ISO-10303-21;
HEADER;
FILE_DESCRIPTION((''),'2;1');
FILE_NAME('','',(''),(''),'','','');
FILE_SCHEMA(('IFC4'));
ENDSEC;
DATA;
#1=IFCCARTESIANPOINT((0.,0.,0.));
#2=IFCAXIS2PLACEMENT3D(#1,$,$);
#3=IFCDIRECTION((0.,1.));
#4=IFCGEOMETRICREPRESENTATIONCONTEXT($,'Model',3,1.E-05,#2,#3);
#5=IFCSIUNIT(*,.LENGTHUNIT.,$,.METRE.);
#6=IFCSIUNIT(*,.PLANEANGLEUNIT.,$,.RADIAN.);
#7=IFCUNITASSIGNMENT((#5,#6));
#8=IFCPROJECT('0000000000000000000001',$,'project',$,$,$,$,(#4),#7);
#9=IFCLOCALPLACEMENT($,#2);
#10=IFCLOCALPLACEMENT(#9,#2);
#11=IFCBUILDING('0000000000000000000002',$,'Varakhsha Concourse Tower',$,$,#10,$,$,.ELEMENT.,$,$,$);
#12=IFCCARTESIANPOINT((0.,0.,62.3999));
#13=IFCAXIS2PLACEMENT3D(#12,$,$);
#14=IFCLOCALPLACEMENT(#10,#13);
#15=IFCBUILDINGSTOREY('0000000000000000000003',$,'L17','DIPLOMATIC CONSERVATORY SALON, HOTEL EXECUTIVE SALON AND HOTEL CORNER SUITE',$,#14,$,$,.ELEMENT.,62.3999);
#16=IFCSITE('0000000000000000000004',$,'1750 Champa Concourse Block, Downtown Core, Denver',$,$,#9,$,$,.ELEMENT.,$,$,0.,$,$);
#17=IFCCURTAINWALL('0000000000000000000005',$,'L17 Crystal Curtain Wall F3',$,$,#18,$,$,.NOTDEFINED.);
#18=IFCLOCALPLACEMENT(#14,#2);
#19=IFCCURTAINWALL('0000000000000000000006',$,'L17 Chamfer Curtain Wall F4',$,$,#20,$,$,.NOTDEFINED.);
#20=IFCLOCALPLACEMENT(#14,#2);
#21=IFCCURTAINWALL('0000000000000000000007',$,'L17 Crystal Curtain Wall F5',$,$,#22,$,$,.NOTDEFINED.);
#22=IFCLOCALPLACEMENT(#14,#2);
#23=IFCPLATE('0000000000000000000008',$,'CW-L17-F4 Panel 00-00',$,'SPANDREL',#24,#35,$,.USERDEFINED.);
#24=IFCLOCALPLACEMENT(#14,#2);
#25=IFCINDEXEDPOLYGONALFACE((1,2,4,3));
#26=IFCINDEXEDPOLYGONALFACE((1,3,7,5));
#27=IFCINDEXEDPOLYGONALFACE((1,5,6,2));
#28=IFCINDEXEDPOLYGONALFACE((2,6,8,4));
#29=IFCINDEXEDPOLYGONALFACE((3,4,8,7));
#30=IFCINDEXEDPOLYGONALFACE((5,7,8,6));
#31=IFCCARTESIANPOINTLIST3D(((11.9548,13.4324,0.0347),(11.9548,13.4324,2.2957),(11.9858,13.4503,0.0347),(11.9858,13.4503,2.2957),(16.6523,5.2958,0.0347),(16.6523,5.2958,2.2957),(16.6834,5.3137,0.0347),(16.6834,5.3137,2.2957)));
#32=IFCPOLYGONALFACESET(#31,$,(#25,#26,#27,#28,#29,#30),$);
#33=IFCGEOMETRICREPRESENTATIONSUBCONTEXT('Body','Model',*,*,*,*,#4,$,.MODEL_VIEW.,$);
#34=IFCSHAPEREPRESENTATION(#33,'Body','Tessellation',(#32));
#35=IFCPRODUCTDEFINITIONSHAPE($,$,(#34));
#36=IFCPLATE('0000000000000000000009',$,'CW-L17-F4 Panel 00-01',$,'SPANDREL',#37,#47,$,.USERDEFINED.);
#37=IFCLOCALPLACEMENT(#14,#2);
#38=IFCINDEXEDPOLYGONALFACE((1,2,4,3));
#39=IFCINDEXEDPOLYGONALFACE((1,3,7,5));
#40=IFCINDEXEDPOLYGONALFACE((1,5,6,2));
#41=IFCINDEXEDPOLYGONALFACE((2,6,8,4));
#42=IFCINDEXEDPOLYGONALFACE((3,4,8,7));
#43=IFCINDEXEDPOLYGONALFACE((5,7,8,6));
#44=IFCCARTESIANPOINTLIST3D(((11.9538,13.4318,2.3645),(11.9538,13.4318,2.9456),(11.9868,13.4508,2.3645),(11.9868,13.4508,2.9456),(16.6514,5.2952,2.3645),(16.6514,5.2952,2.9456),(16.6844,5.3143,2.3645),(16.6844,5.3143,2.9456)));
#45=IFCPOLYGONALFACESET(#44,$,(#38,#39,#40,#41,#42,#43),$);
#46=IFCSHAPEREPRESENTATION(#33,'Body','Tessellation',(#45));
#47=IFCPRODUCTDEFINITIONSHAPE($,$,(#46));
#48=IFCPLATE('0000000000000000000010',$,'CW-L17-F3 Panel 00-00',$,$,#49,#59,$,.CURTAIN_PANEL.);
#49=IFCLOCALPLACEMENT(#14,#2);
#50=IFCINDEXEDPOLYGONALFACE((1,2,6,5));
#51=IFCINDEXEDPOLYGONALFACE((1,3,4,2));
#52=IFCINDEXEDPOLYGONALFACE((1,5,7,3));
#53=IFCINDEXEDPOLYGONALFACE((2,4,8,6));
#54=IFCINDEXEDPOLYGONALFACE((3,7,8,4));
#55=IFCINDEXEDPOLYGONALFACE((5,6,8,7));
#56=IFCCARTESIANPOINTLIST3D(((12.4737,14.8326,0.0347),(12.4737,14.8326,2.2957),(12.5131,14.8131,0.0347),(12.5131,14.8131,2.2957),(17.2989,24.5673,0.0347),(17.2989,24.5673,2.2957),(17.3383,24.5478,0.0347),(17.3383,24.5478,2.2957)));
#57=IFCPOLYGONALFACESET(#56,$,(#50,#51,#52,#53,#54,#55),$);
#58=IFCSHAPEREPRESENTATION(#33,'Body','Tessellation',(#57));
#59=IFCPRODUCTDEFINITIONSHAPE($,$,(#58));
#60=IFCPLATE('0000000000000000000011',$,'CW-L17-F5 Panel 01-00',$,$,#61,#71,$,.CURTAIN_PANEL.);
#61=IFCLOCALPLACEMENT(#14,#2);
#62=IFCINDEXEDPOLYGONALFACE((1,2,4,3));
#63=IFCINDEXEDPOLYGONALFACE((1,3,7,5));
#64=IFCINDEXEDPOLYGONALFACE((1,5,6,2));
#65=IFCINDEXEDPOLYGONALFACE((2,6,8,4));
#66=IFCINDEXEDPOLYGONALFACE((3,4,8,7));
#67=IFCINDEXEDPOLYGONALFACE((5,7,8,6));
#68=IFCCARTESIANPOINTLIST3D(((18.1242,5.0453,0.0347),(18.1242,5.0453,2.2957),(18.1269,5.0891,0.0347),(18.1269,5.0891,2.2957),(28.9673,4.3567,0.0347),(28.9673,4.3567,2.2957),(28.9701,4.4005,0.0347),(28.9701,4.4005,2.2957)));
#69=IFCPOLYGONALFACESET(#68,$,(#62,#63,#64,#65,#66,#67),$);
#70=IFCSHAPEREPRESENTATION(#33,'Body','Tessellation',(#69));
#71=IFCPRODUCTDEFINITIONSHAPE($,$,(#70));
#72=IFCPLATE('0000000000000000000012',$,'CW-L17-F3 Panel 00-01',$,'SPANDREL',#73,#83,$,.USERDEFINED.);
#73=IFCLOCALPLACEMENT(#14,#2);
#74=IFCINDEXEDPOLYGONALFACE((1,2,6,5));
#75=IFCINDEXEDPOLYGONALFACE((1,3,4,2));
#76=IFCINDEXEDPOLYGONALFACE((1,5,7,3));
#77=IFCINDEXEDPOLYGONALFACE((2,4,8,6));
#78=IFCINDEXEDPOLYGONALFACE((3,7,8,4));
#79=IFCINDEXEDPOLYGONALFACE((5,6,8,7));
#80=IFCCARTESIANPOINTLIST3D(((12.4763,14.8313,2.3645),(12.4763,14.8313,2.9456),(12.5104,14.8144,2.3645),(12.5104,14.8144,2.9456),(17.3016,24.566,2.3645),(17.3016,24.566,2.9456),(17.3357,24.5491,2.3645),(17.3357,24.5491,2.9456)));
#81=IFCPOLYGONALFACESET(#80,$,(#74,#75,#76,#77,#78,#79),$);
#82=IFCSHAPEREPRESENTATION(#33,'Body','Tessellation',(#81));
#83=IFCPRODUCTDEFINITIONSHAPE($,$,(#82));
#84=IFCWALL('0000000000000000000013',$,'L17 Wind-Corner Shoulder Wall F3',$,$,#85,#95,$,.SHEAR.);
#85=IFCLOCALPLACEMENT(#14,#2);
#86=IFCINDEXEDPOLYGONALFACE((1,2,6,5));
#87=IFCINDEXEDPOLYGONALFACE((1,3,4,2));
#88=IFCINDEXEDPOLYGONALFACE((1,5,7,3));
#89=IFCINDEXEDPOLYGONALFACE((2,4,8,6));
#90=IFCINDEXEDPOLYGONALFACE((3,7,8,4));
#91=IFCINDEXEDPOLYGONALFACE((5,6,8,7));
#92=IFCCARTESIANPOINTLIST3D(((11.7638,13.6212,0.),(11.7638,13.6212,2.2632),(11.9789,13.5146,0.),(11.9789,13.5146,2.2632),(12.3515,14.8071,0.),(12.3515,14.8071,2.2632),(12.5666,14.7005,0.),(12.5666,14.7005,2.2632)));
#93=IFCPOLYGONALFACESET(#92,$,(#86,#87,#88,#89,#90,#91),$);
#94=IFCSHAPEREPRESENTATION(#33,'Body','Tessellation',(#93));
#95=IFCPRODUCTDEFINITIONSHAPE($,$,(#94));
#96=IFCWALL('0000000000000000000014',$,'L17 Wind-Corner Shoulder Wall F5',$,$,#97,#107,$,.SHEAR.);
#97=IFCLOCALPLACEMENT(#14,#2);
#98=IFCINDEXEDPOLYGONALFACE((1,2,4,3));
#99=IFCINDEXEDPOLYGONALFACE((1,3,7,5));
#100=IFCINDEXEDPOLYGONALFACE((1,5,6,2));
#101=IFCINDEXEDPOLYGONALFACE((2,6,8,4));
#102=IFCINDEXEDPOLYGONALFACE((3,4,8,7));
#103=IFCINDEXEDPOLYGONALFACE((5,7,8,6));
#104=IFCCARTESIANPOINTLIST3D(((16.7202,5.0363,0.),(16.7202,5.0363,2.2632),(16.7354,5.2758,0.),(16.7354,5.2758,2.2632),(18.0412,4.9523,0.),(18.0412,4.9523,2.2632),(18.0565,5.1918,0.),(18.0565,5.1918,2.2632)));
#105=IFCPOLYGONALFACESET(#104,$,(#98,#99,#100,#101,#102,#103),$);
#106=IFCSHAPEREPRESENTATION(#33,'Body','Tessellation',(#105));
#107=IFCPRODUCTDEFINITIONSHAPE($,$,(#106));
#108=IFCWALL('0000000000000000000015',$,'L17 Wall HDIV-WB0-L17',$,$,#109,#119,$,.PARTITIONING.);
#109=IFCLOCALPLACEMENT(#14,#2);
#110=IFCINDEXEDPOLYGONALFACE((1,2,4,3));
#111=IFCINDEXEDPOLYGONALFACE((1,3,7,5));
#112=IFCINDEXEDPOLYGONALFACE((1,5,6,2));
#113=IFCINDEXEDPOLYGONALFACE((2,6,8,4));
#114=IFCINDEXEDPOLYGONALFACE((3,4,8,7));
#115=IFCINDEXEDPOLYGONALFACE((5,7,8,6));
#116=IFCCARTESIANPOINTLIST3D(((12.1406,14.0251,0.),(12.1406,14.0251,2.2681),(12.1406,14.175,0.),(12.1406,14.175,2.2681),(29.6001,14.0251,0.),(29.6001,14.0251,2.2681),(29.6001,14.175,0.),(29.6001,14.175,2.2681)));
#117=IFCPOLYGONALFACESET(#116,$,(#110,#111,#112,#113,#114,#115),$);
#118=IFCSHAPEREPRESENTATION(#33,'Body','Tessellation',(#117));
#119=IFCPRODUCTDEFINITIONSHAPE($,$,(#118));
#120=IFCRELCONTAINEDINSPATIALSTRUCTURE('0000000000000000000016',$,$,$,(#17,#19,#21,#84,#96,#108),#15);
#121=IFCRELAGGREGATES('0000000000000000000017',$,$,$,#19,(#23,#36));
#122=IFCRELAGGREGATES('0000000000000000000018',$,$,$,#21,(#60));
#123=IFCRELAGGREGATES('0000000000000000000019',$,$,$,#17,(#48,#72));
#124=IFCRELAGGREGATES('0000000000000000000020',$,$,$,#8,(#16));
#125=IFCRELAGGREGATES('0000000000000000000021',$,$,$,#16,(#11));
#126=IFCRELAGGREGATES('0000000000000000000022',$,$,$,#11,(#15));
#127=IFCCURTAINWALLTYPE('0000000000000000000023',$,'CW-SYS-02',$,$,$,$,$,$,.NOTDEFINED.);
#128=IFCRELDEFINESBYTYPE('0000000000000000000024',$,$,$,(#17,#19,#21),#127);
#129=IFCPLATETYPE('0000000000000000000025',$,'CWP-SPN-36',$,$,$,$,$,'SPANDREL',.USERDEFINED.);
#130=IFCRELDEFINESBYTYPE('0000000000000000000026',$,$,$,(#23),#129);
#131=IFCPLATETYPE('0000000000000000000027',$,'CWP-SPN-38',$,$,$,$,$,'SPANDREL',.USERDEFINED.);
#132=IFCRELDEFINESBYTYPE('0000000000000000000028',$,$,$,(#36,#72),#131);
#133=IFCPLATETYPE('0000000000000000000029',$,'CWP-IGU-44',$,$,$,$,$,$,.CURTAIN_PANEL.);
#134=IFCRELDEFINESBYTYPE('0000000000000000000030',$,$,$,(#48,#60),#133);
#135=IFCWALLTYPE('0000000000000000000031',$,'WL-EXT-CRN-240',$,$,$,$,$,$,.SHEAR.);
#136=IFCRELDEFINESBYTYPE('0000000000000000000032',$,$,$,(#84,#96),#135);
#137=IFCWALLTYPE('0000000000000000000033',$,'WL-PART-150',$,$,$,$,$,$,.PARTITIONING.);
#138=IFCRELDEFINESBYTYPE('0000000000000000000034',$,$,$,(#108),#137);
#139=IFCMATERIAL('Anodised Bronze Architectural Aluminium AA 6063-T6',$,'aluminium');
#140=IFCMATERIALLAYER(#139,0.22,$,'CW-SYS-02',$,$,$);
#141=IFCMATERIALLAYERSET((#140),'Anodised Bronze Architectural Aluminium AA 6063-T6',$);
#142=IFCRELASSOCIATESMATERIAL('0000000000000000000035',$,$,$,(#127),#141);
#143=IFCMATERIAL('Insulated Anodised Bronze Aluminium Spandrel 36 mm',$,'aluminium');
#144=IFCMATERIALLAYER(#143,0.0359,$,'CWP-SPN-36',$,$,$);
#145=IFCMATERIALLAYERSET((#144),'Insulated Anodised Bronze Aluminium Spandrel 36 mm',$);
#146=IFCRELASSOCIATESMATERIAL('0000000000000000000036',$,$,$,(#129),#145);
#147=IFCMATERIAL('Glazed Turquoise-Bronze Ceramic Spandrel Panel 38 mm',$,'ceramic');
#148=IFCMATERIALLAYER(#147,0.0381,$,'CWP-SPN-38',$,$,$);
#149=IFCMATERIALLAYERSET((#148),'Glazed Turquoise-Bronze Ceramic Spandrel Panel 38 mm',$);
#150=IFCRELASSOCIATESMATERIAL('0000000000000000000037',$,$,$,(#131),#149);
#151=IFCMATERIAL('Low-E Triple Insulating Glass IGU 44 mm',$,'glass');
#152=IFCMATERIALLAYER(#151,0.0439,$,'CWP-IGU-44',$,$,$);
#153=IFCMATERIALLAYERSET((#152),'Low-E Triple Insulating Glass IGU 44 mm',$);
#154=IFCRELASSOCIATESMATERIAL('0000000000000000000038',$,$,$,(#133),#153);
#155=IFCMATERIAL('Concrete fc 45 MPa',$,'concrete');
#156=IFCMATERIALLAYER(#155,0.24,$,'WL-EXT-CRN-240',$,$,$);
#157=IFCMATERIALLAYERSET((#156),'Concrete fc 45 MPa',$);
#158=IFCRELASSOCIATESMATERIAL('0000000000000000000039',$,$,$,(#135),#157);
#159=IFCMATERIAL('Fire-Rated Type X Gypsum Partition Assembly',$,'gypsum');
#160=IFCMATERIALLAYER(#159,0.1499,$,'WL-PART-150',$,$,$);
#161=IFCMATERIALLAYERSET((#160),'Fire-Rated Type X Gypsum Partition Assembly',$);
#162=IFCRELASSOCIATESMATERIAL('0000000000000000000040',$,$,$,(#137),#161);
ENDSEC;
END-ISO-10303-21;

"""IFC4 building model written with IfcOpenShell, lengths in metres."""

from ifc_helpers import new_model, si_unit, direction, frame, frame_2d, origin, origin_2d, place, context, subcontext, project, spatial, rectangle, extrude, source, transform, mapped, material, layer, layer_set, type_object, type_shapes, element, aggregate, save


model = new_model("IFC4")

# Units and contexts
model_context = context("Model", 3, precision=1e-05, world=origin(), true_north=direction((0.0, 1.0)))
body_context = subcontext(model_context, "Body", "Model", "MODEL_VIEW")
ifc_project = project(units=[si_unit("LENGTHUNIT", "METRE"), si_unit("PLANEANGLEUNIT", "RADIAN")], contexts=[model_context])

# Site, building, storey
site_placement = place(None, origin())
site = spatial("IfcSite", under=ifc_project, at=site_placement, Name="1750 Champa Concourse Block, Downtown Core, Denver", CompositionType="ELEMENT", RefElevation=0.0)
building_placement = place(site_placement, origin())
building = spatial("IfcBuilding", under=site, at=building_placement, Name="Varakhsha Concourse Tower", CompositionType="ELEMENT")
storey_placement = place(building_placement, frame((0.0, 0.0, 62.3999)))
storey = spatial("IfcBuildingStorey", under=building, at=storey_placement, Name="L17", Description="DIPLOMATIC CONSERVATORY SALON, HOTEL EXECUTIVE SALON AND HOTEL CORNER SUITE", CompositionType="ELEMENT", Elevation=62.3999)

# Curtain wall
ifc_material_1 = material(Name="Anodised Bronze Architectural Aluminium AA 6063-T6", Category="aluminium")
ifc_layer_1 = layer(ifc_material_1, 0.22, Name="CW-SYS-02")
ifc_layer_set_1 = layer_set([ifc_layer_1], Name="Anodised Bronze Architectural Aluminium AA 6063-T6")
curtain_wall_type = type_object("IfcCurtainWallType", Name="CW-SYS-02", PredefinedType="NOTDEFINED", material=ifc_layer_set_1)
curtain_wall_1_placement = place(storey_placement, origin())
curtain_wall_1 = element("IfcCurtainWall", 1, at=curtain_wall_1_placement, inside=storey, type_object=curtain_wall_type, Name="L17 Crystal Curtain Wall F3", PredefinedType="NOTDEFINED")

# Curtain wall
curtain_wall_2_placement = place(storey_placement, origin())
curtain_wall_2 = element("IfcCurtainWall", 2, at=curtain_wall_2_placement, inside=storey, type_object=curtain_wall_type, Name="L17 Chamfer Curtain Wall F4", PredefinedType="NOTDEFINED")

# Curtain wall
curtain_wall_3_placement = place(storey_placement, origin())
curtain_wall_3 = element("IfcCurtainWall", 3, at=curtain_wall_3_placement, inside=storey, type_object=curtain_wall_type, Name="L17 Crystal Curtain Wall F5", PredefinedType="NOTDEFINED")

# Shared definitions
ifc_material_2 = material(Name="Concrete fc 45 MPa", Category="concrete")

# Plates
ifc_material_3 = material(Name="Insulated Anodised Bronze Aluminium Spandrel 36 mm", Category="aluminium")
ifc_layer_2 = layer(ifc_material_3, 0.0359, Name="CWP-SPN-36")
ifc_layer_set_2 = layer_set([ifc_layer_2], Name="Insulated Anodised Bronze Aluminium Spandrel 36 mm")
plate_type_1 = type_object("IfcPlateType", Name="CWP-SPN-36", ElementType="SPANDREL", PredefinedType="USERDEFINED", material=ifc_layer_set_2)
shared_shape_1 = source(origin(), body_context, "Body", "SweptSolid", [
    extrude(rectangle(XDim=9.3953, YDim=0.0359, at=origin_2d()), origin(), (0.0, 0.0, 1.0), 2.261),
])
type_shapes(plate_type_1, [shared_shape_1])
plate_1_placement = place(storey_placement, frame((14.3191, 9.373, 0.0347), z_axis=(0.0, 0.0, 1.0), x_axis=(-0.499995, 0.866028, 0.0)))
plate_1 = element("IfcPlate", 4, at=plate_1_placement, type_object=plate_type_1, Name="CW-L17-F4 Panel 00-00", ObjectType="SPANDREL", PredefinedType="USERDEFINED", context=body_context, shape_type="MappedRepresentation", body=[
    mapped(shared_shape_1, transform((0.0, 0.0, 0.0), scale=1.0)),
])
ifc_material_4 = material(Name="Glazed Turquoise-Bronze Ceramic Spandrel Panel 38 mm", Category="ceramic")
ifc_layer_3 = layer(ifc_material_4, 0.0381, Name="CWP-SPN-38")
ifc_layer_set_3 = layer_set([ifc_layer_3], Name="Glazed Turquoise-Bronze Ceramic Spandrel Panel 38 mm")
plate_type_2 = type_object("IfcPlateType", Name="CWP-SPN-38", ElementType="SPANDREL", PredefinedType="USERDEFINED", material=ifc_layer_set_3)
shared_shape_2 = source(origin(), body_context, "Body", "SweptSolid", [
    extrude(rectangle(XDim=9.3953, YDim=0.0381, at=origin_2d()), origin(), (0.0, 0.0, 1.0), 0.5811),
])
plate_2_placement = place(storey_placement, frame((14.3191, 9.373, 2.3645), z_axis=(0.0, 0.0, 1.0), x_axis=(-0.499995, 0.866028, 0.0)))
plate_2 = element("IfcPlate", 5, at=plate_2_placement, type_object=plate_type_2, Name="CW-L17-F4 Panel 00-01", ObjectType="SPANDREL", PredefinedType="USERDEFINED", context=body_context, shape_type="MappedRepresentation", body=[
    mapped(shared_shape_2, transform((0.0, 0.0, 0.0), scale=1.0)),
])
aggregate(curtain_wall_2, [plate_1, plate_2])
ifc_material_5 = material(Name="Low-E Triple Insulating Glass IGU 44 mm", Category="glass")
ifc_layer_4 = layer(ifc_material_5, 0.0439, Name="CWP-IGU-44")
ifc_layer_set_4 = layer_set([ifc_layer_4], Name="Low-E Triple Insulating Glass IGU 44 mm")
plate_type_3 = type_object("IfcPlateType", Name="CWP-IGU-44", PredefinedType="CURTAIN_PANEL", material=ifc_layer_set_4)
shared_shape_3 = source(origin(), body_context, "Body", "SweptSolid", [
    extrude(rectangle(XDim=10.865, YDim=0.0439, at=origin_2d()), origin(), (0.0, 0.0, 1.0), 2.261),
])
type_shapes(plate_type_3, [shared_shape_3])
plate_3_placement = place(storey_placement, frame((14.906, 19.6902, 0.0347), z_axis=(0.0, 0.0, 1.0), x_axis=(0.44411, 0.895972, 0.0)))
plate_3 = element("IfcPlate", 6, at=plate_3_placement, type_object=plate_type_3, Name="CW-L17-F3 Panel 00-00", PredefinedType="CURTAIN_PANEL", context=body_context, shape_type="MappedRepresentation", body=[
    mapped(shared_shape_3, transform((0.0, 0.0, 0.0), scale=1.0)),
])
plate_4_placement = place(storey_placement, frame((23.5471, 4.7229, 0.0347), z_axis=(0.0, 0.0, 1.0), x_axis=(-0.99799, 0.063378, 0.0)))
plate_4 = element("IfcPlate", 7, at=plate_4_placement, type_object=plate_type_3, Name="CW-L17-F5 Panel 01-00", PredefinedType="CURTAIN_PANEL", context=body_context, shape_type="MappedRepresentation", body=[
    mapped(shared_shape_3, transform((0.0, 0.0, 0.0), scale=1.0)),
])
aggregate(curtain_wall_3, [plate_4])
shared_shape_4 = source(origin(), body_context, "Body", "SweptSolid", [
    extrude(rectangle(XDim=10.865, YDim=0.0381, at=origin_2d()), origin(), (0.0, 0.0, 1.0), 0.5811),
])
type_shapes(plate_type_2, [shared_shape_2, shared_shape_4])
plate_5_placement = place(storey_placement, frame((14.906, 19.6902, 2.3645), z_axis=(0.0, 0.0, 1.0), x_axis=(0.44411, 0.895972, 0.0)))
plate_5 = element("IfcPlate", 8, at=plate_5_placement, type_object=plate_type_2, Name="CW-L17-F3 Panel 00-01", ObjectType="SPANDREL", PredefinedType="USERDEFINED", context=body_context, shape_type="MappedRepresentation", body=[
    mapped(shared_shape_4, transform((0.0, 0.0, 0.0), scale=1.0)),
])
aggregate(curtain_wall_1, [plate_3, plate_5])

# Walls
ifc_layer_5 = layer(ifc_material_2, 0.24, Name="WL-EXT-CRN-240")
ifc_layer_set_5 = layer_set([ifc_layer_5], Name="Concrete fc 45 MPa")
wall_type_1 = type_object("IfcWallType", Name="WL-EXT-CRN-240", PredefinedType="SHEAR", material=ifc_layer_set_5)
wall_1_placement = place(storey_placement, frame((12.459, 14.7537, 0.0), z_axis=(0.0, 0.0, 1.0), x_axis=(-0.444038, -0.896008, 0.0)))
element("IfcWall", 9, at=wall_1_placement, inside=storey, type_object=wall_type_1, Name="L17 Wind-Corner Shoulder Wall F3", PredefinedType="SHEAR", context=body_context, shape_type="SweptSolid", body=[
    extrude(rectangle(XDim=1.3235, YDim=0.24, at=frame_2d((0.6616, 0.0))), origin(), (0.0, 0.0, 1.0), 2.2632),
])
wall_2_placement = place(storey_placement, frame((16.7278, 5.156, 0.0), z_axis=(0.0, 0.0, 1.0), x_axis=(0.997985, -0.063446, 0.0)))
element("IfcWall", 10, at=wall_2_placement, inside=storey, type_object=wall_type_1, Name="L17 Wind-Corner Shoulder Wall F5", PredefinedType="SHEAR", context=body_context, shape_type="SweptSolid", body=[
    extrude(rectangle(XDim=1.3237, YDim=0.24, at=frame_2d((0.6619, 0.0))), origin(), (0.0, 0.0, 1.0), 2.2632),
])
ifc_material_6 = material(Name="Fire-Rated Type X Gypsum Partition Assembly", Category="gypsum")
ifc_layer_6 = layer(ifc_material_6, 0.1499, Name="WL-PART-150")
ifc_layer_set_6 = layer_set([ifc_layer_6], Name="Fire-Rated Type X Gypsum Partition Assembly")
wall_type_2 = type_object("IfcWallType", Name="WL-PART-150", PredefinedType="PARTITIONING", material=ifc_layer_set_6)
wall_3_placement = place(storey_placement, frame((12.1406, 14.1001, 0.0), z_axis=(0.0, 0.0, 1.0), x_axis=(1.0, 0.0, 0.0)))
element("IfcWall", 11, at=wall_3_placement, inside=storey, type_object=wall_type_2, Name="L17 Wall HDIV-WB0-L17", PredefinedType="PARTITIONING", context=body_context, shape_type="SweptSolid", body=[
    extrude(rectangle(XDim=17.4595, YDim=0.1499, at=frame_2d((8.7297, 0.0))), origin(), (0.0, 0.0, 1.0), 2.2681),
])

save(model, "model.ifc")
